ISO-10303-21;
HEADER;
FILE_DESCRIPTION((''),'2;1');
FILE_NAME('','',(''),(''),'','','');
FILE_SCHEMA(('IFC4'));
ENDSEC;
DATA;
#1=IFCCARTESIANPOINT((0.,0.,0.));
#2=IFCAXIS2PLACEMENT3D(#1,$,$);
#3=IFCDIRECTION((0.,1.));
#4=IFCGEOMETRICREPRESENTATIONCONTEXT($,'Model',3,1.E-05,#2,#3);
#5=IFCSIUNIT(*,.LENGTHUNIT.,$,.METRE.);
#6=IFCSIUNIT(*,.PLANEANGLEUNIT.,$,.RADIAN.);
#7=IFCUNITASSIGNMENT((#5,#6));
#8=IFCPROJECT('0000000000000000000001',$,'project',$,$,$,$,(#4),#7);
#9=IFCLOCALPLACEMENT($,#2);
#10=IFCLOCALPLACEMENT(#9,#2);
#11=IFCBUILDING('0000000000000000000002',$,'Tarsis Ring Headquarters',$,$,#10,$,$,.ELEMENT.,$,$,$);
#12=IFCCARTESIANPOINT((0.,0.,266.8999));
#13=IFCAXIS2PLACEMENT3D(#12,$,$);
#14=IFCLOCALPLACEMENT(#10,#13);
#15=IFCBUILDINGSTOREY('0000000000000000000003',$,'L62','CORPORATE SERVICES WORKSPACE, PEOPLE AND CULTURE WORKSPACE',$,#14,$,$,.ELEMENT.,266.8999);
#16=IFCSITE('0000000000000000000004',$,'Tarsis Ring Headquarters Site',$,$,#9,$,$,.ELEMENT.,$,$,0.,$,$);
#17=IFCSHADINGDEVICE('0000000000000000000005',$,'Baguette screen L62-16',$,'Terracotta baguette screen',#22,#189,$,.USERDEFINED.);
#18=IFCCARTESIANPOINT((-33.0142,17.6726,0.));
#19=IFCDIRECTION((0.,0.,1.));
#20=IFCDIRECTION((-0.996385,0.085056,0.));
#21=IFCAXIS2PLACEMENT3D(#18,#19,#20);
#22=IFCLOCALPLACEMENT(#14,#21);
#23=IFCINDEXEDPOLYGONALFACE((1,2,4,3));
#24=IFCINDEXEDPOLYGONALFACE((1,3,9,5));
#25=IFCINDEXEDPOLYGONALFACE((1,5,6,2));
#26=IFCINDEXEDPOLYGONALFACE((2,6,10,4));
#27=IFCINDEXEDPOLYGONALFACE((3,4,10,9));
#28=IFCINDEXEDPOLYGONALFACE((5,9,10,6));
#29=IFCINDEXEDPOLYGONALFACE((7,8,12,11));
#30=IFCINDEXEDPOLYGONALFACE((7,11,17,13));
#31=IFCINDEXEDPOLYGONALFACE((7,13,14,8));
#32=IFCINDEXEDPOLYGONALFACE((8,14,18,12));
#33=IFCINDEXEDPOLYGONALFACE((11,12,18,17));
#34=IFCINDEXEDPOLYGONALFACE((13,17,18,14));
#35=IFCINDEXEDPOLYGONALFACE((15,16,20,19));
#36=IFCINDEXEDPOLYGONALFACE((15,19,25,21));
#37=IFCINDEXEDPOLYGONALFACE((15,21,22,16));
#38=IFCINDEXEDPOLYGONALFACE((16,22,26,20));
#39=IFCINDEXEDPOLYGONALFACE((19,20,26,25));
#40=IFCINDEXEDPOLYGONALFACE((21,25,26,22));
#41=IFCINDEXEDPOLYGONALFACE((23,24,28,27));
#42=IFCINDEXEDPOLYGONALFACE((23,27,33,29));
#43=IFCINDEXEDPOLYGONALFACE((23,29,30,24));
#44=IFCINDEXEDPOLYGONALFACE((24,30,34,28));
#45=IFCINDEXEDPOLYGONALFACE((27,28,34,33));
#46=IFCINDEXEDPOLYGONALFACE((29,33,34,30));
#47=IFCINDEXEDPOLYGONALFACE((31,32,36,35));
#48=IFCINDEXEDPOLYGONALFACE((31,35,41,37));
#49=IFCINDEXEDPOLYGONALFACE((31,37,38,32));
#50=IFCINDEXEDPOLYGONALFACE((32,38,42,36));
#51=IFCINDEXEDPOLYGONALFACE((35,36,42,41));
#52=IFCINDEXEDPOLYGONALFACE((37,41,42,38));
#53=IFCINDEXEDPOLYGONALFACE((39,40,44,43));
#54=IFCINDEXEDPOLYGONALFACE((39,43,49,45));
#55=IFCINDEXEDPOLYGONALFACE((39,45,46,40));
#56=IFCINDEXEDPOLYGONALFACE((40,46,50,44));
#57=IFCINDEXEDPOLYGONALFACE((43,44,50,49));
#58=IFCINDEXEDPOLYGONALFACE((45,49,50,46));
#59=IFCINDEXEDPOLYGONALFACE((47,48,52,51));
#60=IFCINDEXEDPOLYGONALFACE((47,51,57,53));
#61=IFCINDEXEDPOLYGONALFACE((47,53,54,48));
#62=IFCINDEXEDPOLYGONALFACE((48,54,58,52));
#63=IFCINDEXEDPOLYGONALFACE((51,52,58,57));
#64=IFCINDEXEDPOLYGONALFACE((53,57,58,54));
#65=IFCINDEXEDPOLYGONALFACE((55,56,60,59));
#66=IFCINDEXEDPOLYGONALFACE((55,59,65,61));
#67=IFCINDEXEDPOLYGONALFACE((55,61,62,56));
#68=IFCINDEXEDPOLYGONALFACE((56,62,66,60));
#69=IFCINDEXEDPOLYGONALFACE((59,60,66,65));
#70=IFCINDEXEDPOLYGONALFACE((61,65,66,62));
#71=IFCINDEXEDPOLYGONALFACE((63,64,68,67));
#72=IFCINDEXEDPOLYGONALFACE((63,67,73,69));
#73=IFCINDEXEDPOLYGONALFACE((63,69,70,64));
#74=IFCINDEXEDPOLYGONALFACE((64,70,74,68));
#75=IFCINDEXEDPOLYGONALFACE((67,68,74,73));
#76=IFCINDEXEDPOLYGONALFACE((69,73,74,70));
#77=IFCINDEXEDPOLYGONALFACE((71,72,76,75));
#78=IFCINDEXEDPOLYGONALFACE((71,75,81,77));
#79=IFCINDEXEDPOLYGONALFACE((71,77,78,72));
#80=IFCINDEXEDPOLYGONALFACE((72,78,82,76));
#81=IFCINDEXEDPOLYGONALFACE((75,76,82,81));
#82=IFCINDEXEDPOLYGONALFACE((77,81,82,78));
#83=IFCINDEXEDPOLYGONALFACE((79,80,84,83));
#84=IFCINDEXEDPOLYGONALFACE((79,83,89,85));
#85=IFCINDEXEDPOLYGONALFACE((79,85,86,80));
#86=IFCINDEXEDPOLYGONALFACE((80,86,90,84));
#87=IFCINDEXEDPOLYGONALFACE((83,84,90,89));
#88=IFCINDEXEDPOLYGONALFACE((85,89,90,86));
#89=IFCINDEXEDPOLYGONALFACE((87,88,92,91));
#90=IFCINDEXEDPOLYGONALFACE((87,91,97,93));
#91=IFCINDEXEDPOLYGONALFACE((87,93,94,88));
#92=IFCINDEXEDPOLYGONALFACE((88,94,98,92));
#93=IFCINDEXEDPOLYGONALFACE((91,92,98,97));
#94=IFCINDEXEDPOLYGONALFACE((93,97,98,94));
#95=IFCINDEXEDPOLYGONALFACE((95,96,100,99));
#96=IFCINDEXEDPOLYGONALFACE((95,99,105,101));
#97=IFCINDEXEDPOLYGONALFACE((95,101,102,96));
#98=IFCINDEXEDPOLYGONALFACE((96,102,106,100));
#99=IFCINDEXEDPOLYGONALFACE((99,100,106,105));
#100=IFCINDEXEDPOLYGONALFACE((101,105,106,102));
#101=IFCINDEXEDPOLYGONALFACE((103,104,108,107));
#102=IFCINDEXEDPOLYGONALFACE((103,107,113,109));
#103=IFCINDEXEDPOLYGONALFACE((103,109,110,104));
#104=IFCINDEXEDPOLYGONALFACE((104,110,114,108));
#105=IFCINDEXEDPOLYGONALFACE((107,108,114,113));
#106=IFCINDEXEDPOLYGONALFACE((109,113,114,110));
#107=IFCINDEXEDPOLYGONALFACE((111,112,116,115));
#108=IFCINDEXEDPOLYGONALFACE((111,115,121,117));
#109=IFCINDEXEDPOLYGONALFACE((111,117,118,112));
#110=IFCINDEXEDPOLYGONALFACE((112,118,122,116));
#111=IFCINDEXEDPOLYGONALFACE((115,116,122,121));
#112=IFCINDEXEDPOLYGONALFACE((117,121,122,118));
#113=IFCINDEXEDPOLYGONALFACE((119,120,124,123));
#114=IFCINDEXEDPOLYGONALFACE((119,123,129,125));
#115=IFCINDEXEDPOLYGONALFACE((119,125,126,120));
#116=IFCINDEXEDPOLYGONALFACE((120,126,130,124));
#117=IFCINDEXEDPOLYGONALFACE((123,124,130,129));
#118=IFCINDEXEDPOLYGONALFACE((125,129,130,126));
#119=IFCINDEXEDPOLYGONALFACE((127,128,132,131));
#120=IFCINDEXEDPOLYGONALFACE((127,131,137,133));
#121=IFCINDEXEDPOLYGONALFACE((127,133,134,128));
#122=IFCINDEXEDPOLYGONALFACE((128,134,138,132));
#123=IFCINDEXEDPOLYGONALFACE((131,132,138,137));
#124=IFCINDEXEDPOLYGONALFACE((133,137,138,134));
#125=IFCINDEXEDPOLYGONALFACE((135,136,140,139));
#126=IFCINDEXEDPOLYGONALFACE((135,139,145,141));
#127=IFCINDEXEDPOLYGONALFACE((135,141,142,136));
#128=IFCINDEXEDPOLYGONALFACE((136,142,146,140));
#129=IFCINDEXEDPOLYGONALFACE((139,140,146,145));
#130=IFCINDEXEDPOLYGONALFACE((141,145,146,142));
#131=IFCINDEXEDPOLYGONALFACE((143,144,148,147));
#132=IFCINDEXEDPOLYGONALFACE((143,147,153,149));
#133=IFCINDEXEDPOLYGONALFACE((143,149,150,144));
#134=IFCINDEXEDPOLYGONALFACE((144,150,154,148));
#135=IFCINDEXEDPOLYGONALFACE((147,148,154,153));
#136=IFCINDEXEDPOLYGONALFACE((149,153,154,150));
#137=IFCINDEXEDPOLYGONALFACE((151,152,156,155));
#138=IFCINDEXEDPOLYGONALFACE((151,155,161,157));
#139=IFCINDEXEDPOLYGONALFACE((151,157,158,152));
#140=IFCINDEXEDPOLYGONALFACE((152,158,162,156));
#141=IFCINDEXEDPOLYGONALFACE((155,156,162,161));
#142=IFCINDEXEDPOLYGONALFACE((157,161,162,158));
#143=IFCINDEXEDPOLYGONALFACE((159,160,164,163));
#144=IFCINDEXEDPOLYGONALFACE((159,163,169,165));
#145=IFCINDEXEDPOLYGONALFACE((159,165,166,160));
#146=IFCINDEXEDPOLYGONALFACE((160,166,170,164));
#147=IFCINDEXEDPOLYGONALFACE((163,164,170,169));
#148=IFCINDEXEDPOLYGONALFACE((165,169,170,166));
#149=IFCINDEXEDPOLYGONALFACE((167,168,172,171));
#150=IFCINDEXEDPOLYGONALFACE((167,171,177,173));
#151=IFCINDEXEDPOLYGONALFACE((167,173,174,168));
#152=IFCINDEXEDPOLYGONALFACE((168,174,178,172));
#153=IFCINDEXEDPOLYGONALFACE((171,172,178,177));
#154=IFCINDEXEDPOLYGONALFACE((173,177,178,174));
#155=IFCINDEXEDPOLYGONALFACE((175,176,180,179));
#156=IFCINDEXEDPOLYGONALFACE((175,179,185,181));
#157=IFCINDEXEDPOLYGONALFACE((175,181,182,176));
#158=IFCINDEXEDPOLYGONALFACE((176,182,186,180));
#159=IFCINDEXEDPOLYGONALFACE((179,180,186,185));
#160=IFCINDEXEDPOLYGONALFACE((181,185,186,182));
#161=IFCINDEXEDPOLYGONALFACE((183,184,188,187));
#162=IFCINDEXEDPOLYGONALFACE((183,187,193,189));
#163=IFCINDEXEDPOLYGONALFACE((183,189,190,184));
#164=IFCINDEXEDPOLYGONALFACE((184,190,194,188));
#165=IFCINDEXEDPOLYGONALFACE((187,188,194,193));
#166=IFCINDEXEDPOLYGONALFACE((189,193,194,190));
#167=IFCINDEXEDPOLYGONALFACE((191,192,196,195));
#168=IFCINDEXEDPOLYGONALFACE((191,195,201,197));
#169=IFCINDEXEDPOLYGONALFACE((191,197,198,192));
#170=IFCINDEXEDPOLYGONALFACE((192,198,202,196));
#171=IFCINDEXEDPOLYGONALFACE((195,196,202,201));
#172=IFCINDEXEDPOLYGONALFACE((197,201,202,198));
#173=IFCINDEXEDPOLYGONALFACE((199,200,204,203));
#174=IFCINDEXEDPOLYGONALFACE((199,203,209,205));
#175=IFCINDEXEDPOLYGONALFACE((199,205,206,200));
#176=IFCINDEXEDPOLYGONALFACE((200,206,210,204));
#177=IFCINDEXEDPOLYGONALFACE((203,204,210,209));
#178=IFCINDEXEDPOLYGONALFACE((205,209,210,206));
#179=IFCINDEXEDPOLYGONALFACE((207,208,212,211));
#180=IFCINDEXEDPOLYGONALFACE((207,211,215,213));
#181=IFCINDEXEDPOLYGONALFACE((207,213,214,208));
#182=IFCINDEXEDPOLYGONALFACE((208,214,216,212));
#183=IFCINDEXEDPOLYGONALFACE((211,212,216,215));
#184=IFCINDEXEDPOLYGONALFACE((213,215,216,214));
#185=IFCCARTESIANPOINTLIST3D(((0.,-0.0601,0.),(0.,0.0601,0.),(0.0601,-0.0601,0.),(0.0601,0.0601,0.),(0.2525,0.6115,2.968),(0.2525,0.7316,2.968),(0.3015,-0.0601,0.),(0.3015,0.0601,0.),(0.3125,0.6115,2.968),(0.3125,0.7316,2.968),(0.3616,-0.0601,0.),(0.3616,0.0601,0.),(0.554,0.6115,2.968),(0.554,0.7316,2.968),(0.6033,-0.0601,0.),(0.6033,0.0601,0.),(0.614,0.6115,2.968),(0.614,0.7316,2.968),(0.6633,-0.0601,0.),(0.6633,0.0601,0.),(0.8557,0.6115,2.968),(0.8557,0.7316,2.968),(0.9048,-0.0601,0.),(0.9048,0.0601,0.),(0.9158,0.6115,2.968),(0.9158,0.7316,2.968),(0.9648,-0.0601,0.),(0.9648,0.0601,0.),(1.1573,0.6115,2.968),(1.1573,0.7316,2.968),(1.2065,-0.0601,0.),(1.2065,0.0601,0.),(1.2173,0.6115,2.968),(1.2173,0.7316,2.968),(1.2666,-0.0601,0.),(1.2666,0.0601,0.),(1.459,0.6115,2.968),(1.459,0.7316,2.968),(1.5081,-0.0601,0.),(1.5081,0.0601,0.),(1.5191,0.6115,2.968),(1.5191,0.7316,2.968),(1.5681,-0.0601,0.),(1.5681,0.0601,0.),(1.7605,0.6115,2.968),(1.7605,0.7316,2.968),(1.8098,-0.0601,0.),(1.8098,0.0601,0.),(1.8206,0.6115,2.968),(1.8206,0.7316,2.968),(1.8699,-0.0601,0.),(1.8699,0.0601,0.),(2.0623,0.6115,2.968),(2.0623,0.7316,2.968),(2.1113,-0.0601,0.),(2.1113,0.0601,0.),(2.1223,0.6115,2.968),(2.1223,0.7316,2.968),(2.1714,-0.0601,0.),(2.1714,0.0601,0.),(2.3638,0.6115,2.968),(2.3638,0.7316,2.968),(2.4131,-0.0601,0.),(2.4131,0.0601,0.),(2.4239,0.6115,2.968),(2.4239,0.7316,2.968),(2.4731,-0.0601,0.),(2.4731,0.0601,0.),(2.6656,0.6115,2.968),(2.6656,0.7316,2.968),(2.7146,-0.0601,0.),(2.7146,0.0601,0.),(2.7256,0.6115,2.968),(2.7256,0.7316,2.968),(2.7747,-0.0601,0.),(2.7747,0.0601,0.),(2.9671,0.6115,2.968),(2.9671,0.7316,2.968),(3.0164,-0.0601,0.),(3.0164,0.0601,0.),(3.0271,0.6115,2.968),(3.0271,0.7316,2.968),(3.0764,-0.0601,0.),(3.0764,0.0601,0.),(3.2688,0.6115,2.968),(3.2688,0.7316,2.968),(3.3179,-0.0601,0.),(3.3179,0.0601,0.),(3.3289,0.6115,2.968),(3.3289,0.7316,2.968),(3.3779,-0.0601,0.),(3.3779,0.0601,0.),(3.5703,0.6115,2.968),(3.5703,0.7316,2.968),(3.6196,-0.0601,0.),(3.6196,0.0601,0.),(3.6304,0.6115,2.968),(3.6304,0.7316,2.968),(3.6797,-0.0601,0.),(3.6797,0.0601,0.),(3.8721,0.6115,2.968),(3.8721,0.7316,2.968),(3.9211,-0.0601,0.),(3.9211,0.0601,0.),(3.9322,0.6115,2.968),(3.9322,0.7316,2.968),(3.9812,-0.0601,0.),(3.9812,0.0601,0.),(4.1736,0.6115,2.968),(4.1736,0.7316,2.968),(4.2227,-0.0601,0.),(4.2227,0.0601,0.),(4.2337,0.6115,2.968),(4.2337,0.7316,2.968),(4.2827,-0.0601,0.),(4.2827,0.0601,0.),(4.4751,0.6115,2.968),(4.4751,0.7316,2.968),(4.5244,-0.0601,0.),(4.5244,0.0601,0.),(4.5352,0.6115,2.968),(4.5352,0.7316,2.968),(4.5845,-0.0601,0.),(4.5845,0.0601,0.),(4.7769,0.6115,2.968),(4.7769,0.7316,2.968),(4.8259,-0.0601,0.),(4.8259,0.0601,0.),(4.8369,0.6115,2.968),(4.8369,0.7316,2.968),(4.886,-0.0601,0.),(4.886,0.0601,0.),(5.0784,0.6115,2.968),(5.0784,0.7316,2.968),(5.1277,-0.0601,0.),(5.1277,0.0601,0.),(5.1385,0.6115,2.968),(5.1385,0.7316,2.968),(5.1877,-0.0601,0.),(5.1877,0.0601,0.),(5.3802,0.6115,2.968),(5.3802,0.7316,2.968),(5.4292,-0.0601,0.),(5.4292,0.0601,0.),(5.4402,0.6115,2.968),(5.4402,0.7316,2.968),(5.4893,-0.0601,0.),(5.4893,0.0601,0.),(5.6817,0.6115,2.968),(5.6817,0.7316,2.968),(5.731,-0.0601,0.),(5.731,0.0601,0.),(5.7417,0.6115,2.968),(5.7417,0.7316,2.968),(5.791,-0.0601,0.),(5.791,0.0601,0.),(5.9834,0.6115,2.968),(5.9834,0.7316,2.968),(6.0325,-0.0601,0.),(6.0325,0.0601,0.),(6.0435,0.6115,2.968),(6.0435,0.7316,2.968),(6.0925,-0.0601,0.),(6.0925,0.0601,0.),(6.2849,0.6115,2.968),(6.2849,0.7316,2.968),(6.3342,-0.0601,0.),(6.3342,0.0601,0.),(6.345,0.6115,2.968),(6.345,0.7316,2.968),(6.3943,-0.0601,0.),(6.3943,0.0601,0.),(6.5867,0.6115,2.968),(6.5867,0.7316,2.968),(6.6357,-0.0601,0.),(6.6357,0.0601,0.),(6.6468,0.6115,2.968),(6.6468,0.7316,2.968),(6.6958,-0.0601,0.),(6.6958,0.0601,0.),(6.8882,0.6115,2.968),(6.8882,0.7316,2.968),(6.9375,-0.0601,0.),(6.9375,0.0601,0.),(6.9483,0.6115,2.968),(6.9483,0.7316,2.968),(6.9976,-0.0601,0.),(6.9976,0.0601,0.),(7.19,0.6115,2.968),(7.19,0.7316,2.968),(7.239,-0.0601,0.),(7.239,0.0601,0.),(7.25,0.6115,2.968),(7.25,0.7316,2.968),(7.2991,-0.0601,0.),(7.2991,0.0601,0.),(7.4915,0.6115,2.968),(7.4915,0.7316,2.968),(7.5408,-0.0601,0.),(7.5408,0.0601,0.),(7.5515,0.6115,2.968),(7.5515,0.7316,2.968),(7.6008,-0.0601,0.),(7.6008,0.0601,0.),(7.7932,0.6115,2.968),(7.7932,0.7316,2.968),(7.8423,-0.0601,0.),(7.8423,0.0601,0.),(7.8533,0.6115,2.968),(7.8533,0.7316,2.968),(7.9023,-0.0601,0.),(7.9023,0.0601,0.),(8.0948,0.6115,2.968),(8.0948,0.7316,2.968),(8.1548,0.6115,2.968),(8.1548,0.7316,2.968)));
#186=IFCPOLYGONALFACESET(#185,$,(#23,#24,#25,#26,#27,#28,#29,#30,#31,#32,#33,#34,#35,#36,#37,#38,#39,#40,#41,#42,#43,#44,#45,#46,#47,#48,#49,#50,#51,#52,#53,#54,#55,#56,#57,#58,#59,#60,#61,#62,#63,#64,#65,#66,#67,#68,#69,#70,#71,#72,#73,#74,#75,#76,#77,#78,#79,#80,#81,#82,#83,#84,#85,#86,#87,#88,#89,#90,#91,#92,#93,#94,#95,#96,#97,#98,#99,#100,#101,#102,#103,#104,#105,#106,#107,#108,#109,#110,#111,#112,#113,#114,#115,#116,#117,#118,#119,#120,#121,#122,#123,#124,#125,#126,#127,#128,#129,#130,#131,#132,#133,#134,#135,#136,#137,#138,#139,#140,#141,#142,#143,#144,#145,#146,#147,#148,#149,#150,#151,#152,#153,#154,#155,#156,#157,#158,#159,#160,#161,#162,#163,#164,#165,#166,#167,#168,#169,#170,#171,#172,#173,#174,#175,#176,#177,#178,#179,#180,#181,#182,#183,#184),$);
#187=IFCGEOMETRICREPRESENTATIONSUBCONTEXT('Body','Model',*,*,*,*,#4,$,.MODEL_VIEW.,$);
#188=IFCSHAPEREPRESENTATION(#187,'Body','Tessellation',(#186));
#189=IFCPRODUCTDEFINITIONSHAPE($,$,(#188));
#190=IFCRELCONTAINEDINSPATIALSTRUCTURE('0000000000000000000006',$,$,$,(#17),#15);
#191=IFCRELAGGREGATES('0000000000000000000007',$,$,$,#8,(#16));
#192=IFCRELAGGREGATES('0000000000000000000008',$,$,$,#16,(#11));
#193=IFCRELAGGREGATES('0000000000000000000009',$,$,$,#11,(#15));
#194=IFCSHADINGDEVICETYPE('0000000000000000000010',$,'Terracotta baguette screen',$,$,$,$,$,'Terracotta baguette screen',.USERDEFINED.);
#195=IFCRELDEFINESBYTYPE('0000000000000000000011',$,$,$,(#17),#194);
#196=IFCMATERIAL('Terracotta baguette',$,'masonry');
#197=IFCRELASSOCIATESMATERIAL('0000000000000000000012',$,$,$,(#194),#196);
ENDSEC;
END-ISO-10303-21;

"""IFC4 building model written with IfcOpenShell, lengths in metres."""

from ifc_helpers import new_model, si_unit, direction, frame, frame_2d, origin, place, context, subcontext, project, spatial, rectangle, composite_profile, extrude, material, type_object, element, save


model = new_model("IFC4")

# Units and contexts
model_context = context("Model", 3, precision=1e-05, world=origin(), true_north=direction((0.0, 1.0)))
body_context = subcontext(model_context, "Body", "Model", "MODEL_VIEW")
ifc_project = project(units=[si_unit("LENGTHUNIT", "METRE"), si_unit("PLANEANGLEUNIT", "RADIAN")], contexts=[model_context])

# Site, building, storey
site_placement = place(None, origin())
site = spatial("IfcSite", under=ifc_project, at=site_placement, Name="Tarsis Ring Headquarters Site", CompositionType="ELEMENT", RefElevation=0.0)
building_placement = place(site_placement, origin())
building = spatial("IfcBuilding", under=site, at=building_placement, Name="Tarsis Ring Headquarters", CompositionType="ELEMENT")
storey_placement = place(building_placement, frame((0.0, 0.0, 266.8999)))
storey = spatial("IfcBuildingStorey", under=building, at=storey_placement, Name="L62", Description="CORPORATE SERVICES WORKSPACE, PEOPLE AND CULTURE WORKSPACE", CompositionType="ELEMENT", Elevation=266.8999)

# Shading device
ifc_material_1 = material(Name="Terracotta baguette", Category="masonry")
shading_device_type_1 = type_object("IfcShadingDeviceType", Name="Terracotta baguette screen", ElementType="Terracotta baguette screen", PredefinedType="USERDEFINED", material=ifc_material_1)
shading_device_1_placement = place(storey_placement, frame((-33.0142, 17.6726, 0.0), z_axis=(0.0, 0.0, 1.0), x_axis=(-0.996385, 0.085056, 0.0)))
element("IfcShadingDevice", 1, at=shading_device_1_placement, inside=storey, type_object=shading_device_type_1, Name="Baguette screen L62-16", ObjectType="Terracotta baguette screen", PredefinedType="USERDEFINED", context=body_context, shape_type="SweptSolid", body=[
    extrude(composite_profile([rectangle(XDim=0.0601, YDim=0.1201, at=frame_2d((0.03, 0.0))), rectangle(XDim=0.0601, YDim=0.1201, at=frame_2d((0.3315, 0.0))), rectangle(XDim=0.0601, YDim=0.1201, at=frame_2d((0.6333, 0.0))), rectangle(XDim=0.0601, YDim=0.1201, at=frame_2d((0.9348, 0.0))), rectangle(XDim=0.0601, YDim=0.1201, at=frame_2d((1.2366, 0.0))), rectangle(XDim=0.0601, YDim=0.1201, at=frame_2d((1.5381, 0.0))), rectangle(XDim=0.0601, YDim=0.1201, at=frame_2d((1.8398, 0.0))), rectangle(XDim=0.0601, YDim=0.1201, at=frame_2d((2.1414, 0.0))), rectangle(XDim=0.0601, YDim=0.1201, at=frame_2d((2.4431, 0.0))), rectangle(XDim=0.0601, YDim=0.1201, at=frame_2d((2.7446, 0.0))), rectangle(XDim=0.0601, YDim=0.1201, at=frame_2d((3.0464, 0.0))), rectangle(XDim=0.0601, YDim=0.1201, at=frame_2d((3.3479, 0.0))), rectangle(XDim=0.0601, YDim=0.1201, at=frame_2d((3.6497, 0.0))), rectangle(XDim=0.0601, YDim=0.1201, at=frame_2d((3.9512, 0.0))), rectangle(XDim=0.0601, YDim=0.1201, at=frame_2d((4.2527, 0.0))), rectangle(XDim=0.0601, YDim=0.1201, at=frame_2d((4.5544, 0.0))), rectangle(XDim=0.0601, YDim=0.1201, at=frame_2d((4.856, 0.0))), rectangle(XDim=0.0601, YDim=0.1201, at=frame_2d((5.1577, 0.0))), rectangle(XDim=0.0601, YDim=0.1201, at=frame_2d((5.4592, 0.0))), rectangle(XDim=0.0601, YDim=0.1201, at=frame_2d((5.761, 0.0))), rectangle(XDim=0.0601, YDim=0.1201, at=frame_2d((6.0625, 0.0))), rectangle(XDim=0.0601, YDim=0.1201, at=frame_2d((6.3643, 0.0))), rectangle(XDim=0.0601, YDim=0.1201, at=frame_2d((6.6658, 0.0))), rectangle(XDim=0.0601, YDim=0.1201, at=frame_2d((6.9675, 0.0))), rectangle(XDim=0.0601, YDim=0.1201, at=frame_2d((7.269, 0.0))), rectangle(XDim=0.0601, YDim=0.1201, at=frame_2d((7.5708, 0.0))), rectangle(XDim=0.0601, YDim=0.1201, at=frame_2d((7.8723, 0.0)))]), origin(), (0.082681, 0.219924, 0.972007), 3.0535),
])

save(model, "model.ifc")
